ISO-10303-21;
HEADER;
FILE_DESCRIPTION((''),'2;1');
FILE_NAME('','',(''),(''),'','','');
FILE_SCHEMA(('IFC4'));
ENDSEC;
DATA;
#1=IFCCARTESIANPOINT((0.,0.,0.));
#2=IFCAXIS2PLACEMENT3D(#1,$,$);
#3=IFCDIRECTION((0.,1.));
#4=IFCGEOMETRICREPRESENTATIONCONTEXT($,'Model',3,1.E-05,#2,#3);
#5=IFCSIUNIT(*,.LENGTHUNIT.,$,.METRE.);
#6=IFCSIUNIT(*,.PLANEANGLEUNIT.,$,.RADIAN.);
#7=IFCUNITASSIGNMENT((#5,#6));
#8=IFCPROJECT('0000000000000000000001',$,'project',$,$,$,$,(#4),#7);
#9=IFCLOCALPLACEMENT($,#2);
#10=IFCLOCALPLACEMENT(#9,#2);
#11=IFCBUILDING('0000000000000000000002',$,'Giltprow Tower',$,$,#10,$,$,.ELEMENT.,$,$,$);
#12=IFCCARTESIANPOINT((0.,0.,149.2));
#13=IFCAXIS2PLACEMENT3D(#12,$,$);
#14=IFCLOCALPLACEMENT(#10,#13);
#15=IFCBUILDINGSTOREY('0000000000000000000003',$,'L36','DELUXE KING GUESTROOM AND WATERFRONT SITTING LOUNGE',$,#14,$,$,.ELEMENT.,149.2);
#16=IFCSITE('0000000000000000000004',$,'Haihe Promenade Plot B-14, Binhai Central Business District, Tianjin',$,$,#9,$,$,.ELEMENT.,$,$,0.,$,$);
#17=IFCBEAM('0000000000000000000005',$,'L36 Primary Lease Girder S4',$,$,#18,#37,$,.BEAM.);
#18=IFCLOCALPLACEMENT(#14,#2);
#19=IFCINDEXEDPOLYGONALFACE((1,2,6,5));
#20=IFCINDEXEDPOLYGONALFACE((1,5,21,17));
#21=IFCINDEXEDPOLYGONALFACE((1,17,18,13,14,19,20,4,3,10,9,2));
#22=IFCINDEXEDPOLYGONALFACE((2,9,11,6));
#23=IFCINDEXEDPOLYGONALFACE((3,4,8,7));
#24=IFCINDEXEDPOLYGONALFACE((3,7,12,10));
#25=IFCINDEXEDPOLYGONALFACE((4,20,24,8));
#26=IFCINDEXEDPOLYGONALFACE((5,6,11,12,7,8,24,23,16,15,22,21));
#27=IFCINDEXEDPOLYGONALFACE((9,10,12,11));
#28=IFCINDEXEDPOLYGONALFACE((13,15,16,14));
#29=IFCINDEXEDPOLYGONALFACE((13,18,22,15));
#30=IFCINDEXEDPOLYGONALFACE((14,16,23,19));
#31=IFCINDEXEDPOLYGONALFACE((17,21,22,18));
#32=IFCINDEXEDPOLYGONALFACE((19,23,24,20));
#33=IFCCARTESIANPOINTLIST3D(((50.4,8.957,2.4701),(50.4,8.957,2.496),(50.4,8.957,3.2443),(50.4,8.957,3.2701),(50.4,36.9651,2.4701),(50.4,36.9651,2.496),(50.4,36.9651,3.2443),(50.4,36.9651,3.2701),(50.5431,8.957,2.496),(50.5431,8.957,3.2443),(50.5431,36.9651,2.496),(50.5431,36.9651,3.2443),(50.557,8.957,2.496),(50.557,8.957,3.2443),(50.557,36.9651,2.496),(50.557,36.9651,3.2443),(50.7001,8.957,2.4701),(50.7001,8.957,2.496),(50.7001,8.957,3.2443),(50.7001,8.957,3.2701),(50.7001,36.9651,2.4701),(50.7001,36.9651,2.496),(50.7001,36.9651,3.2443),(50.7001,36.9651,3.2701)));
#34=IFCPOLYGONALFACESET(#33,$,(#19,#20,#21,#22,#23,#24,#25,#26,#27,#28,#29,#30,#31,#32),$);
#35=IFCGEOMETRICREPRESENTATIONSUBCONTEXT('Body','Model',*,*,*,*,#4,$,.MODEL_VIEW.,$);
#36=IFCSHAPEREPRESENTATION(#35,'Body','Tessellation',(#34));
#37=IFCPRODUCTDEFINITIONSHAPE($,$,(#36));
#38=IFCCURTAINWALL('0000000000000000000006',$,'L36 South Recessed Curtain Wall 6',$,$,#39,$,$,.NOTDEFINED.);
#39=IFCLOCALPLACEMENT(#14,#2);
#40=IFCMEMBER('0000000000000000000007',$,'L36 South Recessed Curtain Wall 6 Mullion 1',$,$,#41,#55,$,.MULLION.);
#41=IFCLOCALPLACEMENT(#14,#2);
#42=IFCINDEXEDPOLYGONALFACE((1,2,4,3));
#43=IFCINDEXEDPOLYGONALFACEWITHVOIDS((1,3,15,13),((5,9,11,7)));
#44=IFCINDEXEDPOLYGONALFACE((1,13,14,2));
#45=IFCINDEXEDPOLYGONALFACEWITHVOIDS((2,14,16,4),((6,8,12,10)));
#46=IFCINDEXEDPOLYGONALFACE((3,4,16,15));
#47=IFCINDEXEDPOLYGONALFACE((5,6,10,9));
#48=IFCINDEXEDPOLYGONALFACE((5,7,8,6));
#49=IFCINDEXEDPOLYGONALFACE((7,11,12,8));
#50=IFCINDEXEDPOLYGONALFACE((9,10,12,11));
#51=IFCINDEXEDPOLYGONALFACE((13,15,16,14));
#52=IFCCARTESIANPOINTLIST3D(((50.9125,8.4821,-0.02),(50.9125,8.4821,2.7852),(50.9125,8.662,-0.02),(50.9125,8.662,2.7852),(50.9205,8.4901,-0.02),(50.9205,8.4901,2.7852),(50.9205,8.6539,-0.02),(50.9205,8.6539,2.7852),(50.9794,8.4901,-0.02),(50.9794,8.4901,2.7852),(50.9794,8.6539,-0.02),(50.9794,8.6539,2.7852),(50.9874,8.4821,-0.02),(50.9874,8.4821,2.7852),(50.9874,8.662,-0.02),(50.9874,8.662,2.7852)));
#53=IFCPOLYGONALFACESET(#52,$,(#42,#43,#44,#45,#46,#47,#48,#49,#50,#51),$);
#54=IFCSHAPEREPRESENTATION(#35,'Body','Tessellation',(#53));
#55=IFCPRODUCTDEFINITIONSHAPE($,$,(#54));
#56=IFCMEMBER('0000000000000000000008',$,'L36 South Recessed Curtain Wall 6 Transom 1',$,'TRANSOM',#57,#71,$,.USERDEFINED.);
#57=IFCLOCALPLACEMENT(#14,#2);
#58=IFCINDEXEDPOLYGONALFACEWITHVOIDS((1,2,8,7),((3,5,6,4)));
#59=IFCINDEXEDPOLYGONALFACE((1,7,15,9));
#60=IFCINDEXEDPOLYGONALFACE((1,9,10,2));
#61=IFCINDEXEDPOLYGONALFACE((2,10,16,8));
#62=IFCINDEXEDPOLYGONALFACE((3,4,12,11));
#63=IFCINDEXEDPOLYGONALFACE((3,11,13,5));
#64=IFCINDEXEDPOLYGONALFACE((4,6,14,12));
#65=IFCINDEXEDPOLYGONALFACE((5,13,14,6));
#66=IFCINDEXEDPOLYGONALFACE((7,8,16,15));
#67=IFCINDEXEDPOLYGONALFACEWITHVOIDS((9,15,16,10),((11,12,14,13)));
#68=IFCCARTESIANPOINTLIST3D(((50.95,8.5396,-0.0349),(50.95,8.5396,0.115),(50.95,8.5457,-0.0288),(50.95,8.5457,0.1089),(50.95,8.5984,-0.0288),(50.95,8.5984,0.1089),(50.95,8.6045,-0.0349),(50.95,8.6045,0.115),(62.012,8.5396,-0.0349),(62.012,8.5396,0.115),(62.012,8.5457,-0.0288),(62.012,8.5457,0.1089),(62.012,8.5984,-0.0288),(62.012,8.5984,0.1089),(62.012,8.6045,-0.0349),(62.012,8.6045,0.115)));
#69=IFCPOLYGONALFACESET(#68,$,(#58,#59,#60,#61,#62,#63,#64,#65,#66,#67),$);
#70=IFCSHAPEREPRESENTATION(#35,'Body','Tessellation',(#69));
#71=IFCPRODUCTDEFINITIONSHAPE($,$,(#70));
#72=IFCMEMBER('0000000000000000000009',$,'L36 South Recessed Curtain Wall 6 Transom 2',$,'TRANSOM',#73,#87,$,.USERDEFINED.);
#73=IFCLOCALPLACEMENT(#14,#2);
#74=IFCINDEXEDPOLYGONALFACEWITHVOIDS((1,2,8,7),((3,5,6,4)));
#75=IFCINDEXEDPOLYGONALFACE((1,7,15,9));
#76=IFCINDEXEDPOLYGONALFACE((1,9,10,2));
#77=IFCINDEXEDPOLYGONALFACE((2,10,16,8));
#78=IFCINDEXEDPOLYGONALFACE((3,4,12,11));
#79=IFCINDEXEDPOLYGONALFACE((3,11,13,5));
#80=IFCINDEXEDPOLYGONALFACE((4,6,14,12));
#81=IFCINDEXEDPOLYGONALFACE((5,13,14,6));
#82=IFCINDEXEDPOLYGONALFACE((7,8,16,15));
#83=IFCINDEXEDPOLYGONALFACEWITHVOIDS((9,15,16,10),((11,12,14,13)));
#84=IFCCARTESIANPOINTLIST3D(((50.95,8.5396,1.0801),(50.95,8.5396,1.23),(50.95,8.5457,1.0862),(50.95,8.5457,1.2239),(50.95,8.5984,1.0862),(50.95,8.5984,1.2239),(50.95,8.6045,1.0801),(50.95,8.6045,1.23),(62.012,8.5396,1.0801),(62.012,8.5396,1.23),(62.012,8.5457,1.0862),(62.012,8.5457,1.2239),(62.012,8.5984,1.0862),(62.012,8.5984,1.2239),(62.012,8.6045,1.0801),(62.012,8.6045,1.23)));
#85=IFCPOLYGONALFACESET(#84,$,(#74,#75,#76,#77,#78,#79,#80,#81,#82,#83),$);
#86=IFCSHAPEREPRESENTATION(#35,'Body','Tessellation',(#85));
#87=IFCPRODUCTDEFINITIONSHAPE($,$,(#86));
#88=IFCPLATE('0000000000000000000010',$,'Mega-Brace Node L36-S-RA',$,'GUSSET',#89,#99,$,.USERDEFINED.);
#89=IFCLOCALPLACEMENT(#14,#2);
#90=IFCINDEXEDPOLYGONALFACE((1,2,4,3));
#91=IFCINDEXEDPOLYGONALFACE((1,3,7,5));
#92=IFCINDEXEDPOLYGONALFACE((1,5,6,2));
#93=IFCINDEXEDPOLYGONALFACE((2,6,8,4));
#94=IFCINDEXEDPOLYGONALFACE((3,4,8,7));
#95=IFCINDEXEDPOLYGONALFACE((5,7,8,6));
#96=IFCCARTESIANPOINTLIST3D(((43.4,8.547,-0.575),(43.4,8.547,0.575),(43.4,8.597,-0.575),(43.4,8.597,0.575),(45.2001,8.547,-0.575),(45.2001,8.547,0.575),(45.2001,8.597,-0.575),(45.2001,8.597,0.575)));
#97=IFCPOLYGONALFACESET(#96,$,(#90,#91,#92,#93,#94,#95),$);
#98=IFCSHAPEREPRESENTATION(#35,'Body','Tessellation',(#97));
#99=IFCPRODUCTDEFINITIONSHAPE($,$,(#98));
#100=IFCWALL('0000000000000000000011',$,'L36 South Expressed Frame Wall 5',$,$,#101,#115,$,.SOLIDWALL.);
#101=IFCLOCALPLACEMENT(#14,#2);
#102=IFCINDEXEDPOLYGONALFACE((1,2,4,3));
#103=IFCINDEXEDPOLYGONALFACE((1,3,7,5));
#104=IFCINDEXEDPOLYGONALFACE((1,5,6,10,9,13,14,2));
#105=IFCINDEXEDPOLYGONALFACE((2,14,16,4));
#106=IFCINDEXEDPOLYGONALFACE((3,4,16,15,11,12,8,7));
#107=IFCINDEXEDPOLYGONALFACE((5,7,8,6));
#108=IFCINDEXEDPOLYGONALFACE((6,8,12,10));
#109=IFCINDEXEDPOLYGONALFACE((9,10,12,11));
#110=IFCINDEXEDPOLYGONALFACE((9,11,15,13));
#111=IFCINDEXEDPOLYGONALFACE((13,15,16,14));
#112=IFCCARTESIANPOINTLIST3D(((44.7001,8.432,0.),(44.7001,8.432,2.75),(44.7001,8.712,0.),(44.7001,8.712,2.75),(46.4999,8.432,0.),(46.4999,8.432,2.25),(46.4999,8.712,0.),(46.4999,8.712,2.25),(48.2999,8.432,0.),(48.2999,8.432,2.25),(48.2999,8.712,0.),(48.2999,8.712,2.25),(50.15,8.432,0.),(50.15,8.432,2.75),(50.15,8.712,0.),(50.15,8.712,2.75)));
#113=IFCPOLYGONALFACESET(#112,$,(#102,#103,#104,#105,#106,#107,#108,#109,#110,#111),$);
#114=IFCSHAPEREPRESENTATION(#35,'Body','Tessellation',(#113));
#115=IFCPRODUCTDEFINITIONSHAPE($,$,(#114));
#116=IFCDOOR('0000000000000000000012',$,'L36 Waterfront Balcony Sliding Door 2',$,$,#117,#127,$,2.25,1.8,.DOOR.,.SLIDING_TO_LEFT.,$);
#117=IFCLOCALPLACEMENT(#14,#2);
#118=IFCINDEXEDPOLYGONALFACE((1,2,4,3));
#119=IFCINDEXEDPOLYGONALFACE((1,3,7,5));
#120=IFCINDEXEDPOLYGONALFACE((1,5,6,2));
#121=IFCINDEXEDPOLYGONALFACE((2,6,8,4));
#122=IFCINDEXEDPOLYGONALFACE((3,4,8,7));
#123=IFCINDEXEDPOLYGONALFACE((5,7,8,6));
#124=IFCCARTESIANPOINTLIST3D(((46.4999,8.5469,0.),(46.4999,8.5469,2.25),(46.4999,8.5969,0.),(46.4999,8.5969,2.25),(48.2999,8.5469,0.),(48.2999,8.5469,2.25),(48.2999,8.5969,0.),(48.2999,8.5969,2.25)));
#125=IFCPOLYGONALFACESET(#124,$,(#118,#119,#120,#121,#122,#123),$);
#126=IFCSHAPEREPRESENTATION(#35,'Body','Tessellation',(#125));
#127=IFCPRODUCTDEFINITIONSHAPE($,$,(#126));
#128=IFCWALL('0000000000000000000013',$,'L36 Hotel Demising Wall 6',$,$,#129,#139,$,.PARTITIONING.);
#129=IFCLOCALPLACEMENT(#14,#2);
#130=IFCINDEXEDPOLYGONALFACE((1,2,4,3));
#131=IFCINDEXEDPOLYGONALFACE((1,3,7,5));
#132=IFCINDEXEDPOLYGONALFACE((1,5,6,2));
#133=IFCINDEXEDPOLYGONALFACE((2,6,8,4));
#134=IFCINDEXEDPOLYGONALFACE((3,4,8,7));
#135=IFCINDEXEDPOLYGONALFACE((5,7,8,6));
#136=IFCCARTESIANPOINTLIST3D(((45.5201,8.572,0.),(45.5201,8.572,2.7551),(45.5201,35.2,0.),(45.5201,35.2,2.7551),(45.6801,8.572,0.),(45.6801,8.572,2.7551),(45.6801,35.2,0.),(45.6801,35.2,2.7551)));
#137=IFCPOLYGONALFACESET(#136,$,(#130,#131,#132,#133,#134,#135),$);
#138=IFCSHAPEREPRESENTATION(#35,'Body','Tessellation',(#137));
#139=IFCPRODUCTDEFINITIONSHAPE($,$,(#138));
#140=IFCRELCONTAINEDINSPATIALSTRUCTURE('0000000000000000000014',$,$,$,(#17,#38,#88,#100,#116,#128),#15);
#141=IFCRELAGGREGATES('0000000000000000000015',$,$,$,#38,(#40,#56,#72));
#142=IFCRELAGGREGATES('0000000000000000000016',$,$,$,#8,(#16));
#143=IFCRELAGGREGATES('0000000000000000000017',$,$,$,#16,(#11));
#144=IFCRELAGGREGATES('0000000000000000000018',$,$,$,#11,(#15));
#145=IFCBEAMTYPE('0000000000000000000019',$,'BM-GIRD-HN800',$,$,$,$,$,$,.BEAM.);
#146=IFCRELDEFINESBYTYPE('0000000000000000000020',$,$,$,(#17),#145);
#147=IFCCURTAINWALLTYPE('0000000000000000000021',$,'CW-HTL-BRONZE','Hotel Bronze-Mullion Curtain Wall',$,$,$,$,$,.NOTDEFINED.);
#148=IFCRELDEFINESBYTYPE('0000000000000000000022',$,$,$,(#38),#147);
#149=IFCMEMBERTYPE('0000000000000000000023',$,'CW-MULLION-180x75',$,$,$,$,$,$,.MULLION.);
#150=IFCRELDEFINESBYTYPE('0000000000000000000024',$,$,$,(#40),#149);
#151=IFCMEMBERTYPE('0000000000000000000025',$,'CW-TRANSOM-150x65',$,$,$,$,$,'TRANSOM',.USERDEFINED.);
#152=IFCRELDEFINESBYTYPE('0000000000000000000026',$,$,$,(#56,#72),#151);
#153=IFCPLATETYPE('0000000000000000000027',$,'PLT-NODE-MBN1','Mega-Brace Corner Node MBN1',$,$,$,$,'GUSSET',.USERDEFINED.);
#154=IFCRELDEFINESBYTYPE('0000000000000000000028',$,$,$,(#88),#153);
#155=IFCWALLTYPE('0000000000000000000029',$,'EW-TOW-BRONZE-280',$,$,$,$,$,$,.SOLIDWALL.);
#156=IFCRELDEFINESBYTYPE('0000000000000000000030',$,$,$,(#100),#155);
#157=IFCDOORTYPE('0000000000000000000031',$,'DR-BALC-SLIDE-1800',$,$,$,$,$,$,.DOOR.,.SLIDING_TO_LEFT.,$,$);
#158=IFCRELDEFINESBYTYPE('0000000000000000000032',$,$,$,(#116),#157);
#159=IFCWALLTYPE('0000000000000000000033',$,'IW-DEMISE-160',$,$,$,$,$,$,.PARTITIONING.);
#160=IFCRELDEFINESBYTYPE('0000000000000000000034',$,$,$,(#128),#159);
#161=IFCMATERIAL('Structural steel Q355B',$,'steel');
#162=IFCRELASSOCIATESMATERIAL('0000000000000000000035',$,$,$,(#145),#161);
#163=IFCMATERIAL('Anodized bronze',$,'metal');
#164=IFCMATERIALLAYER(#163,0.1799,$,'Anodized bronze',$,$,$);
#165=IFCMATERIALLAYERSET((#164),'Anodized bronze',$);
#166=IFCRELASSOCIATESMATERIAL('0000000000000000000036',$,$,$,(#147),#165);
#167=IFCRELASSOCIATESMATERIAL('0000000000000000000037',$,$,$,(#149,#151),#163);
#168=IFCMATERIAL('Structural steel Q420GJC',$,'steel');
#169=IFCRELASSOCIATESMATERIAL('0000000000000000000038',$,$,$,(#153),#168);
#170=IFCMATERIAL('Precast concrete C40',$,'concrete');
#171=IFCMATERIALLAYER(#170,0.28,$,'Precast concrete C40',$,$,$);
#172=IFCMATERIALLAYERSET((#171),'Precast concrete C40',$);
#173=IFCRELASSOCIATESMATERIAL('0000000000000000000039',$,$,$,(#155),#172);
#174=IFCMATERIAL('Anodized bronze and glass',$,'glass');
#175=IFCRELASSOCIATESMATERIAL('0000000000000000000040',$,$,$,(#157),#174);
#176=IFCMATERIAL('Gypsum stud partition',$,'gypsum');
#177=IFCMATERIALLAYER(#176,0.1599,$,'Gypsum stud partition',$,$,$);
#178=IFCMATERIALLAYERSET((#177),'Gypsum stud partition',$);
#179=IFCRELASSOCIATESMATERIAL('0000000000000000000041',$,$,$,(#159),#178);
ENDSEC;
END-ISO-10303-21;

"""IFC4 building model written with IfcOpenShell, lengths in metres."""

from ifc_helpers import new_model, si_unit, direction, frame, frame_2d, origin, origin_2d, place, context, subcontext, project, spatial, rectangle, hollow_rectangle, i_section, extrude, source, transform, mapped, material, layer, layer_set, material_profile, profile_set, type_object, element, fill, aggregate, save


model = new_model("IFC4")

# Units and contexts
model_context = context("Model", 3, precision=1e-05, world=origin(), true_north=direction((0.0, 1.0)))
body_context = subcontext(model_context, "Body", "Model", "MODEL_VIEW")
ifc_project = project(units=[si_unit("LENGTHUNIT", "METRE"), si_unit("PLANEANGLEUNIT", "RADIAN")], contexts=[model_context])

# Site, building, storey
site_placement = place(None, origin())
site = spatial("IfcSite", under=ifc_project, at=site_placement, Name="Haihe Promenade Plot B-14, Binhai Central Business District, Tianjin", CompositionType="ELEMENT", RefElevation=0.0)
building_placement = place(site_placement, origin())
building = spatial("IfcBuilding", under=site, at=building_placement, Name="Giltprow Tower", CompositionType="ELEMENT")
storey_placement = place(building_placement, frame((0.0, 0.0, 149.2)))
storey = spatial("IfcBuildingStorey", under=building, at=storey_placement, Name="L36", Description="DELUXE KING GUESTROOM AND WATERFRONT SITTING LOUNGE", CompositionType="ELEMENT", Elevation=149.2)

# Shared definitions
ifc_material_1 = material(Name="Structural steel Q420GJC", Category="steel")

# Beam
ifc_material_2 = material(Name="Structural steel Q355B", Category="steel")
ifc_material_profile_1 = material_profile(ifc_material_2, i_section(OverallWidth=0.3, OverallDepth=0.8, WebThickness=0.0139, FlangeThickness=0.0259, at=origin_2d()), Name="HN 800x300x14x26")
ifc_profile_set_1 = profile_set([ifc_material_profile_1], Name="Structural steel Q355B")
beam_type_1 = type_object("IfcBeamType", Name="BM-GIRD-HN800", PredefinedType="BEAM", material=ifc_profile_set_1)
shared_shape_1 = source(origin(), body_context, "Body", "SweptSolid", [
    extrude(i_section(OverallWidth=0.3, OverallDepth=0.8, WebThickness=0.0139, FlangeThickness=0.0259, at=origin_2d()), origin(), (0.0, 0.0, 1.0), 28.0081),
])
for number, where, z_axis, x_axis, name in (
    (1, (50.55, 8.957, 2.8701), (0.0, 1.0, 0.0), (-1.0, 0.0, 0.0), "L36 Primary Lease Girder S4"),
):
    element("IfcBeam", number, at=place(storey_placement, frame(where, z_axis=z_axis, x_axis=x_axis)), inside=storey, type_object=beam_type_1, Name=name, PredefinedType="BEAM", context=body_context, shape_type="MappedRepresentation", body=[
        mapped(shared_shape_1, transform((0.0, 0.0, 0.0), x_axis=(1.0, 0.0, 0.0), y_axis=(0.0, 1.0, 0.0), z_axis=(0.0, 0.0, 1.0), scale=1.0)),
    ])

# Curtain wall, members
ifc_material_3 = material(Name="Anodized bronze", Category="metal")
ifc_layer_1 = layer(ifc_material_3, 0.1799, Name="Anodized bronze")
ifc_layer_set_1 = layer_set([ifc_layer_1], Name="Anodized bronze")
curtain_wall_type = type_object("IfcCurtainWallType", Name="CW-HTL-BRONZE", Description="Hotel Bronze-Mullion Curtain Wall", PredefinedType="NOTDEFINED", material=ifc_layer_set_1)
curtain_wall_placement = place(storey_placement, origin())
curtain_wall = element("IfcCurtainWall", 2, at=curtain_wall_placement, inside=storey, type_object=curtain_wall_type, Name="L36 South Recessed Curtain Wall 6", PredefinedType="NOTDEFINED")
ifc_material_profile_2 = material_profile(ifc_material_3, hollow_rectangle(XDim=0.075, YDim=0.1799, WallThickness=0.0081, at=origin_2d()), Name="RHS 180x75x8")
ifc_profile_set_2 = profile_set([ifc_material_profile_2], Name="Anodized bronze")
member_type_1 = type_object("IfcMemberType", Name="CW-MULLION-180x75", PredefinedType="MULLION", material=ifc_profile_set_2)
shared_shape_2 = source(origin(), body_context, "Body", "SweptSolid", [
    extrude(hollow_rectangle(XDim=0.075, YDim=0.1799, WallThickness=0.0081, at=origin_2d()), origin(), (0.0, 0.0, 1.0), 2.8052),
])
member_1_placement = place(storey_placement, frame((50.95, 8.572, -0.02), z_axis=(0.0, 0.0, 1.0), x_axis=(1.0, 0.0, 0.0)))
member_1 = element("IfcMember", 3, at=member_1_placement, type_object=member_type_1, Name="L36 South Recessed Curtain Wall 6 Mullion 1", PredefinedType="MULLION", context=body_context, shape_type="MappedRepresentation", body=[
    mapped(shared_shape_2, transform((0.0, 0.0, 0.0), x_axis=(1.0, 0.0, 0.0), y_axis=(0.0, 1.0, 0.0), z_axis=(0.0, 0.0, 1.0), scale=1.0)),
])
ifc_material_profile_3 = material_profile(ifc_material_3, hollow_rectangle(XDim=0.0649, YDim=0.1499, WallThickness=0.0061, at=origin_2d()), Name="RHS 150x65x6")
ifc_profile_set_3 = profile_set([ifc_material_profile_3], Name="Anodized bronze")
member_type_2 = type_object("IfcMemberType", Name="CW-TRANSOM-150x65", ElementType="TRANSOM", PredefinedType="USERDEFINED", material=ifc_profile_set_3)
shared_shape_3 = source(origin(), body_context, "Body", "SweptSolid", [
    extrude(hollow_rectangle(XDim=0.0649, YDim=0.1499, WallThickness=0.0061, at=origin_2d()), origin(), (0.0, 0.0, 1.0), 11.062),
])
member_2_placement = place(storey_placement, frame((50.95, 8.572, 0.04), z_axis=(1.0, 0.0, 0.0), x_axis=(0.0, 1.0, 0.0)))
member_2 = element("IfcMember", 4, at=member_2_placement, type_object=member_type_2, Name="L36 South Recessed Curtain Wall 6 Transom 1", ObjectType="TRANSOM", PredefinedType="USERDEFINED", context=body_context, shape_type="MappedRepresentation", body=[
    mapped(shared_shape_3, transform((0.0, 0.0, 0.0), x_axis=(1.0, 0.0, 0.0), y_axis=(0.0, 1.0, 0.0), z_axis=(0.0, 0.0, 1.0), scale=1.0)),
])
member_3_placement = place(storey_placement, frame((50.95, 8.572, 1.155), z_axis=(1.0, 0.0, 0.0), x_axis=(0.0, 1.0, 0.0)))
member_3 = element("IfcMember", 5, at=member_3_placement, type_object=member_type_2, Name="L36 South Recessed Curtain Wall 6 Transom 2", ObjectType="TRANSOM", PredefinedType="USERDEFINED", context=body_context, shape_type="MappedRepresentation", body=[
    mapped(shared_shape_3, transform((0.0, 0.0, 0.0), x_axis=(1.0, 0.0, 0.0), y_axis=(0.0, 1.0, 0.0), z_axis=(0.0, 0.0, 1.0), scale=1.0)),
])
aggregate(curtain_wall, [member_1, member_2, member_3])

# Plate
plate_type = type_object("IfcPlateType", Name="PLT-NODE-MBN1", Description="Mega-Brace Corner Node MBN1", ElementType="GUSSET", PredefinedType="USERDEFINED", material=ifc_material_1)
shared_shape_4 = source(origin(), body_context, "Body", "SweptSolid", [
    extrude(rectangle(XDim=1.8, YDim=0.05, at=origin_2d()), origin(), (0.0, 0.0, 1.0), 1.1499),
])
plate_placement = place(storey_placement, frame((44.3, 8.572, -0.575), z_axis=(0.0, 0.0, 1.0), x_axis=(1.0, 0.0, 0.0)))
element("IfcPlate", 6, at=plate_placement, inside=storey, type_object=plate_type, Name="Mega-Brace Node L36-S-RA", ObjectType="GUSSET", PredefinedType="USERDEFINED", context=body_context, shape_type="MappedRepresentation", body=[
    mapped(shared_shape_4, transform((0.0, 0.0, 0.0), x_axis=(1.0, 0.0, 0.0), y_axis=(0.0, 1.0, 0.0), z_axis=(0.0, 0.0, 1.0), scale=1.0)),
])

# Wall, opening, door
ifc_material_4 = material(Name="Precast concrete C40", Category="concrete")
ifc_layer_2 = layer(ifc_material_4, 0.28, Name="Precast concrete C40")
ifc_layer_set_2 = layer_set([ifc_layer_2], Name="Precast concrete C40")
wall_type_1 = type_object("IfcWallType", Name="EW-TOW-BRONZE-280", PredefinedType="SOLIDWALL", material=ifc_layer_set_2)
wall_1_placement = place(storey_placement, frame((44.7, 8.572, 0.0), z_axis=(0.0, 0.0, 1.0), x_axis=(1.0, 0.0, 0.0)))
wall_1 = element("IfcWall", 7, at=wall_1_placement, inside=storey, type_object=wall_type_1, Name="L36 South Expressed Frame Wall 5", PredefinedType="SOLIDWALL", context=body_context, shape_type="SweptSolid", body=[
    extrude(rectangle(XDim=5.45, YDim=0.28, at=frame_2d((2.7251, 0.0))), origin(), (0.0, 0.0, 1.0), 2.75),
])
opening_1_placement = place(wall_1_placement, frame((1.8, 0.0, 0.0)))
opening_1 = element("IfcOpeningElement", 8, at=opening_1_placement, cuts=wall_1, PredefinedType="OPENING", context=body_context, shape_type="SweptSolid", body=[
    extrude(rectangle(XDim=1.8, YDim=2.25, at=frame_2d((0.8999, 1.125))), frame((0.0, 0.1499, 0.0), z_axis=(0.0, -1.0, 0.0), x_axis=(1.0, 0.0, 0.0)), (0.0, 0.0, 1.0), 0.3),
])
ifc_material_5 = material(Name="Anodized bronze and glass", Category="glass")
door_type_1 = type_object("IfcDoorType", Name="DR-BALC-SLIDE-1800", OperationType="SLIDING_TO_LEFT", PredefinedType="DOOR", material=ifc_material_5)
shared_shape_5 = source(origin(), body_context, "Body", "SweptSolid", [
    extrude(rectangle(XDim=1.8, YDim=2.25, at=frame_2d((0.8999, 1.125))), frame((0.0, 0.0249, 0.0), z_axis=(0.0, -1.0, 0.0), x_axis=(1.0, 0.0, 0.0)), (0.0, 0.0, 1.0), 0.05),
])
door_1_placement = place(opening_1_placement, origin())
door_1 = element("IfcDoor", 9, at=door_1_placement, inside=storey, type_object=door_type_1, Name="L36 Waterfront Balcony Sliding Door 2", OperationType="SLIDING_TO_LEFT", OverallHeight=2.25, OverallWidth=1.8, PredefinedType="DOOR", context=body_context, shape_type="MappedRepresentation", body=[
    mapped(shared_shape_5, transform((0.0, 0.0, 0.0), x_axis=(1.0, 0.0, 0.0), y_axis=(0.0, 1.0, 0.0), z_axis=(0.0, 0.0, 1.0), scale=1.0)),
])
fill(opening_1, door_1)

# Wall
ifc_material_6 = material(Name="Gypsum stud partition", Category="gypsum")
ifc_layer_3 = layer(ifc_material_6, 0.1599, Name="Gypsum stud partition")
ifc_layer_set_3 = layer_set([ifc_layer_3], Name="Gypsum stud partition")
wall_type_2 = type_object("IfcWallType", Name="IW-DEMISE-160", PredefinedType="PARTITIONING", material=ifc_layer_set_3)
wall_2_placement = place(storey_placement, frame((45.6001, 8.572, 0.0), z_axis=(0.0, 0.0, 1.0), x_axis=(0.0, 1.0, 0.0)))
element("IfcWall", 10, at=wall_2_placement, inside=storey, type_object=wall_type_2, Name="L36 Hotel Demising Wall 6", PredefinedType="PARTITIONING", context=body_context, shape_type="SweptSolid", body=[
    extrude(rectangle(XDim=26.6279, YDim=0.1599, at=frame_2d((13.314, 0.0))), origin(), (0.0, 0.0, 1.0), 2.7551),
])

save(model, "model.ifc")
